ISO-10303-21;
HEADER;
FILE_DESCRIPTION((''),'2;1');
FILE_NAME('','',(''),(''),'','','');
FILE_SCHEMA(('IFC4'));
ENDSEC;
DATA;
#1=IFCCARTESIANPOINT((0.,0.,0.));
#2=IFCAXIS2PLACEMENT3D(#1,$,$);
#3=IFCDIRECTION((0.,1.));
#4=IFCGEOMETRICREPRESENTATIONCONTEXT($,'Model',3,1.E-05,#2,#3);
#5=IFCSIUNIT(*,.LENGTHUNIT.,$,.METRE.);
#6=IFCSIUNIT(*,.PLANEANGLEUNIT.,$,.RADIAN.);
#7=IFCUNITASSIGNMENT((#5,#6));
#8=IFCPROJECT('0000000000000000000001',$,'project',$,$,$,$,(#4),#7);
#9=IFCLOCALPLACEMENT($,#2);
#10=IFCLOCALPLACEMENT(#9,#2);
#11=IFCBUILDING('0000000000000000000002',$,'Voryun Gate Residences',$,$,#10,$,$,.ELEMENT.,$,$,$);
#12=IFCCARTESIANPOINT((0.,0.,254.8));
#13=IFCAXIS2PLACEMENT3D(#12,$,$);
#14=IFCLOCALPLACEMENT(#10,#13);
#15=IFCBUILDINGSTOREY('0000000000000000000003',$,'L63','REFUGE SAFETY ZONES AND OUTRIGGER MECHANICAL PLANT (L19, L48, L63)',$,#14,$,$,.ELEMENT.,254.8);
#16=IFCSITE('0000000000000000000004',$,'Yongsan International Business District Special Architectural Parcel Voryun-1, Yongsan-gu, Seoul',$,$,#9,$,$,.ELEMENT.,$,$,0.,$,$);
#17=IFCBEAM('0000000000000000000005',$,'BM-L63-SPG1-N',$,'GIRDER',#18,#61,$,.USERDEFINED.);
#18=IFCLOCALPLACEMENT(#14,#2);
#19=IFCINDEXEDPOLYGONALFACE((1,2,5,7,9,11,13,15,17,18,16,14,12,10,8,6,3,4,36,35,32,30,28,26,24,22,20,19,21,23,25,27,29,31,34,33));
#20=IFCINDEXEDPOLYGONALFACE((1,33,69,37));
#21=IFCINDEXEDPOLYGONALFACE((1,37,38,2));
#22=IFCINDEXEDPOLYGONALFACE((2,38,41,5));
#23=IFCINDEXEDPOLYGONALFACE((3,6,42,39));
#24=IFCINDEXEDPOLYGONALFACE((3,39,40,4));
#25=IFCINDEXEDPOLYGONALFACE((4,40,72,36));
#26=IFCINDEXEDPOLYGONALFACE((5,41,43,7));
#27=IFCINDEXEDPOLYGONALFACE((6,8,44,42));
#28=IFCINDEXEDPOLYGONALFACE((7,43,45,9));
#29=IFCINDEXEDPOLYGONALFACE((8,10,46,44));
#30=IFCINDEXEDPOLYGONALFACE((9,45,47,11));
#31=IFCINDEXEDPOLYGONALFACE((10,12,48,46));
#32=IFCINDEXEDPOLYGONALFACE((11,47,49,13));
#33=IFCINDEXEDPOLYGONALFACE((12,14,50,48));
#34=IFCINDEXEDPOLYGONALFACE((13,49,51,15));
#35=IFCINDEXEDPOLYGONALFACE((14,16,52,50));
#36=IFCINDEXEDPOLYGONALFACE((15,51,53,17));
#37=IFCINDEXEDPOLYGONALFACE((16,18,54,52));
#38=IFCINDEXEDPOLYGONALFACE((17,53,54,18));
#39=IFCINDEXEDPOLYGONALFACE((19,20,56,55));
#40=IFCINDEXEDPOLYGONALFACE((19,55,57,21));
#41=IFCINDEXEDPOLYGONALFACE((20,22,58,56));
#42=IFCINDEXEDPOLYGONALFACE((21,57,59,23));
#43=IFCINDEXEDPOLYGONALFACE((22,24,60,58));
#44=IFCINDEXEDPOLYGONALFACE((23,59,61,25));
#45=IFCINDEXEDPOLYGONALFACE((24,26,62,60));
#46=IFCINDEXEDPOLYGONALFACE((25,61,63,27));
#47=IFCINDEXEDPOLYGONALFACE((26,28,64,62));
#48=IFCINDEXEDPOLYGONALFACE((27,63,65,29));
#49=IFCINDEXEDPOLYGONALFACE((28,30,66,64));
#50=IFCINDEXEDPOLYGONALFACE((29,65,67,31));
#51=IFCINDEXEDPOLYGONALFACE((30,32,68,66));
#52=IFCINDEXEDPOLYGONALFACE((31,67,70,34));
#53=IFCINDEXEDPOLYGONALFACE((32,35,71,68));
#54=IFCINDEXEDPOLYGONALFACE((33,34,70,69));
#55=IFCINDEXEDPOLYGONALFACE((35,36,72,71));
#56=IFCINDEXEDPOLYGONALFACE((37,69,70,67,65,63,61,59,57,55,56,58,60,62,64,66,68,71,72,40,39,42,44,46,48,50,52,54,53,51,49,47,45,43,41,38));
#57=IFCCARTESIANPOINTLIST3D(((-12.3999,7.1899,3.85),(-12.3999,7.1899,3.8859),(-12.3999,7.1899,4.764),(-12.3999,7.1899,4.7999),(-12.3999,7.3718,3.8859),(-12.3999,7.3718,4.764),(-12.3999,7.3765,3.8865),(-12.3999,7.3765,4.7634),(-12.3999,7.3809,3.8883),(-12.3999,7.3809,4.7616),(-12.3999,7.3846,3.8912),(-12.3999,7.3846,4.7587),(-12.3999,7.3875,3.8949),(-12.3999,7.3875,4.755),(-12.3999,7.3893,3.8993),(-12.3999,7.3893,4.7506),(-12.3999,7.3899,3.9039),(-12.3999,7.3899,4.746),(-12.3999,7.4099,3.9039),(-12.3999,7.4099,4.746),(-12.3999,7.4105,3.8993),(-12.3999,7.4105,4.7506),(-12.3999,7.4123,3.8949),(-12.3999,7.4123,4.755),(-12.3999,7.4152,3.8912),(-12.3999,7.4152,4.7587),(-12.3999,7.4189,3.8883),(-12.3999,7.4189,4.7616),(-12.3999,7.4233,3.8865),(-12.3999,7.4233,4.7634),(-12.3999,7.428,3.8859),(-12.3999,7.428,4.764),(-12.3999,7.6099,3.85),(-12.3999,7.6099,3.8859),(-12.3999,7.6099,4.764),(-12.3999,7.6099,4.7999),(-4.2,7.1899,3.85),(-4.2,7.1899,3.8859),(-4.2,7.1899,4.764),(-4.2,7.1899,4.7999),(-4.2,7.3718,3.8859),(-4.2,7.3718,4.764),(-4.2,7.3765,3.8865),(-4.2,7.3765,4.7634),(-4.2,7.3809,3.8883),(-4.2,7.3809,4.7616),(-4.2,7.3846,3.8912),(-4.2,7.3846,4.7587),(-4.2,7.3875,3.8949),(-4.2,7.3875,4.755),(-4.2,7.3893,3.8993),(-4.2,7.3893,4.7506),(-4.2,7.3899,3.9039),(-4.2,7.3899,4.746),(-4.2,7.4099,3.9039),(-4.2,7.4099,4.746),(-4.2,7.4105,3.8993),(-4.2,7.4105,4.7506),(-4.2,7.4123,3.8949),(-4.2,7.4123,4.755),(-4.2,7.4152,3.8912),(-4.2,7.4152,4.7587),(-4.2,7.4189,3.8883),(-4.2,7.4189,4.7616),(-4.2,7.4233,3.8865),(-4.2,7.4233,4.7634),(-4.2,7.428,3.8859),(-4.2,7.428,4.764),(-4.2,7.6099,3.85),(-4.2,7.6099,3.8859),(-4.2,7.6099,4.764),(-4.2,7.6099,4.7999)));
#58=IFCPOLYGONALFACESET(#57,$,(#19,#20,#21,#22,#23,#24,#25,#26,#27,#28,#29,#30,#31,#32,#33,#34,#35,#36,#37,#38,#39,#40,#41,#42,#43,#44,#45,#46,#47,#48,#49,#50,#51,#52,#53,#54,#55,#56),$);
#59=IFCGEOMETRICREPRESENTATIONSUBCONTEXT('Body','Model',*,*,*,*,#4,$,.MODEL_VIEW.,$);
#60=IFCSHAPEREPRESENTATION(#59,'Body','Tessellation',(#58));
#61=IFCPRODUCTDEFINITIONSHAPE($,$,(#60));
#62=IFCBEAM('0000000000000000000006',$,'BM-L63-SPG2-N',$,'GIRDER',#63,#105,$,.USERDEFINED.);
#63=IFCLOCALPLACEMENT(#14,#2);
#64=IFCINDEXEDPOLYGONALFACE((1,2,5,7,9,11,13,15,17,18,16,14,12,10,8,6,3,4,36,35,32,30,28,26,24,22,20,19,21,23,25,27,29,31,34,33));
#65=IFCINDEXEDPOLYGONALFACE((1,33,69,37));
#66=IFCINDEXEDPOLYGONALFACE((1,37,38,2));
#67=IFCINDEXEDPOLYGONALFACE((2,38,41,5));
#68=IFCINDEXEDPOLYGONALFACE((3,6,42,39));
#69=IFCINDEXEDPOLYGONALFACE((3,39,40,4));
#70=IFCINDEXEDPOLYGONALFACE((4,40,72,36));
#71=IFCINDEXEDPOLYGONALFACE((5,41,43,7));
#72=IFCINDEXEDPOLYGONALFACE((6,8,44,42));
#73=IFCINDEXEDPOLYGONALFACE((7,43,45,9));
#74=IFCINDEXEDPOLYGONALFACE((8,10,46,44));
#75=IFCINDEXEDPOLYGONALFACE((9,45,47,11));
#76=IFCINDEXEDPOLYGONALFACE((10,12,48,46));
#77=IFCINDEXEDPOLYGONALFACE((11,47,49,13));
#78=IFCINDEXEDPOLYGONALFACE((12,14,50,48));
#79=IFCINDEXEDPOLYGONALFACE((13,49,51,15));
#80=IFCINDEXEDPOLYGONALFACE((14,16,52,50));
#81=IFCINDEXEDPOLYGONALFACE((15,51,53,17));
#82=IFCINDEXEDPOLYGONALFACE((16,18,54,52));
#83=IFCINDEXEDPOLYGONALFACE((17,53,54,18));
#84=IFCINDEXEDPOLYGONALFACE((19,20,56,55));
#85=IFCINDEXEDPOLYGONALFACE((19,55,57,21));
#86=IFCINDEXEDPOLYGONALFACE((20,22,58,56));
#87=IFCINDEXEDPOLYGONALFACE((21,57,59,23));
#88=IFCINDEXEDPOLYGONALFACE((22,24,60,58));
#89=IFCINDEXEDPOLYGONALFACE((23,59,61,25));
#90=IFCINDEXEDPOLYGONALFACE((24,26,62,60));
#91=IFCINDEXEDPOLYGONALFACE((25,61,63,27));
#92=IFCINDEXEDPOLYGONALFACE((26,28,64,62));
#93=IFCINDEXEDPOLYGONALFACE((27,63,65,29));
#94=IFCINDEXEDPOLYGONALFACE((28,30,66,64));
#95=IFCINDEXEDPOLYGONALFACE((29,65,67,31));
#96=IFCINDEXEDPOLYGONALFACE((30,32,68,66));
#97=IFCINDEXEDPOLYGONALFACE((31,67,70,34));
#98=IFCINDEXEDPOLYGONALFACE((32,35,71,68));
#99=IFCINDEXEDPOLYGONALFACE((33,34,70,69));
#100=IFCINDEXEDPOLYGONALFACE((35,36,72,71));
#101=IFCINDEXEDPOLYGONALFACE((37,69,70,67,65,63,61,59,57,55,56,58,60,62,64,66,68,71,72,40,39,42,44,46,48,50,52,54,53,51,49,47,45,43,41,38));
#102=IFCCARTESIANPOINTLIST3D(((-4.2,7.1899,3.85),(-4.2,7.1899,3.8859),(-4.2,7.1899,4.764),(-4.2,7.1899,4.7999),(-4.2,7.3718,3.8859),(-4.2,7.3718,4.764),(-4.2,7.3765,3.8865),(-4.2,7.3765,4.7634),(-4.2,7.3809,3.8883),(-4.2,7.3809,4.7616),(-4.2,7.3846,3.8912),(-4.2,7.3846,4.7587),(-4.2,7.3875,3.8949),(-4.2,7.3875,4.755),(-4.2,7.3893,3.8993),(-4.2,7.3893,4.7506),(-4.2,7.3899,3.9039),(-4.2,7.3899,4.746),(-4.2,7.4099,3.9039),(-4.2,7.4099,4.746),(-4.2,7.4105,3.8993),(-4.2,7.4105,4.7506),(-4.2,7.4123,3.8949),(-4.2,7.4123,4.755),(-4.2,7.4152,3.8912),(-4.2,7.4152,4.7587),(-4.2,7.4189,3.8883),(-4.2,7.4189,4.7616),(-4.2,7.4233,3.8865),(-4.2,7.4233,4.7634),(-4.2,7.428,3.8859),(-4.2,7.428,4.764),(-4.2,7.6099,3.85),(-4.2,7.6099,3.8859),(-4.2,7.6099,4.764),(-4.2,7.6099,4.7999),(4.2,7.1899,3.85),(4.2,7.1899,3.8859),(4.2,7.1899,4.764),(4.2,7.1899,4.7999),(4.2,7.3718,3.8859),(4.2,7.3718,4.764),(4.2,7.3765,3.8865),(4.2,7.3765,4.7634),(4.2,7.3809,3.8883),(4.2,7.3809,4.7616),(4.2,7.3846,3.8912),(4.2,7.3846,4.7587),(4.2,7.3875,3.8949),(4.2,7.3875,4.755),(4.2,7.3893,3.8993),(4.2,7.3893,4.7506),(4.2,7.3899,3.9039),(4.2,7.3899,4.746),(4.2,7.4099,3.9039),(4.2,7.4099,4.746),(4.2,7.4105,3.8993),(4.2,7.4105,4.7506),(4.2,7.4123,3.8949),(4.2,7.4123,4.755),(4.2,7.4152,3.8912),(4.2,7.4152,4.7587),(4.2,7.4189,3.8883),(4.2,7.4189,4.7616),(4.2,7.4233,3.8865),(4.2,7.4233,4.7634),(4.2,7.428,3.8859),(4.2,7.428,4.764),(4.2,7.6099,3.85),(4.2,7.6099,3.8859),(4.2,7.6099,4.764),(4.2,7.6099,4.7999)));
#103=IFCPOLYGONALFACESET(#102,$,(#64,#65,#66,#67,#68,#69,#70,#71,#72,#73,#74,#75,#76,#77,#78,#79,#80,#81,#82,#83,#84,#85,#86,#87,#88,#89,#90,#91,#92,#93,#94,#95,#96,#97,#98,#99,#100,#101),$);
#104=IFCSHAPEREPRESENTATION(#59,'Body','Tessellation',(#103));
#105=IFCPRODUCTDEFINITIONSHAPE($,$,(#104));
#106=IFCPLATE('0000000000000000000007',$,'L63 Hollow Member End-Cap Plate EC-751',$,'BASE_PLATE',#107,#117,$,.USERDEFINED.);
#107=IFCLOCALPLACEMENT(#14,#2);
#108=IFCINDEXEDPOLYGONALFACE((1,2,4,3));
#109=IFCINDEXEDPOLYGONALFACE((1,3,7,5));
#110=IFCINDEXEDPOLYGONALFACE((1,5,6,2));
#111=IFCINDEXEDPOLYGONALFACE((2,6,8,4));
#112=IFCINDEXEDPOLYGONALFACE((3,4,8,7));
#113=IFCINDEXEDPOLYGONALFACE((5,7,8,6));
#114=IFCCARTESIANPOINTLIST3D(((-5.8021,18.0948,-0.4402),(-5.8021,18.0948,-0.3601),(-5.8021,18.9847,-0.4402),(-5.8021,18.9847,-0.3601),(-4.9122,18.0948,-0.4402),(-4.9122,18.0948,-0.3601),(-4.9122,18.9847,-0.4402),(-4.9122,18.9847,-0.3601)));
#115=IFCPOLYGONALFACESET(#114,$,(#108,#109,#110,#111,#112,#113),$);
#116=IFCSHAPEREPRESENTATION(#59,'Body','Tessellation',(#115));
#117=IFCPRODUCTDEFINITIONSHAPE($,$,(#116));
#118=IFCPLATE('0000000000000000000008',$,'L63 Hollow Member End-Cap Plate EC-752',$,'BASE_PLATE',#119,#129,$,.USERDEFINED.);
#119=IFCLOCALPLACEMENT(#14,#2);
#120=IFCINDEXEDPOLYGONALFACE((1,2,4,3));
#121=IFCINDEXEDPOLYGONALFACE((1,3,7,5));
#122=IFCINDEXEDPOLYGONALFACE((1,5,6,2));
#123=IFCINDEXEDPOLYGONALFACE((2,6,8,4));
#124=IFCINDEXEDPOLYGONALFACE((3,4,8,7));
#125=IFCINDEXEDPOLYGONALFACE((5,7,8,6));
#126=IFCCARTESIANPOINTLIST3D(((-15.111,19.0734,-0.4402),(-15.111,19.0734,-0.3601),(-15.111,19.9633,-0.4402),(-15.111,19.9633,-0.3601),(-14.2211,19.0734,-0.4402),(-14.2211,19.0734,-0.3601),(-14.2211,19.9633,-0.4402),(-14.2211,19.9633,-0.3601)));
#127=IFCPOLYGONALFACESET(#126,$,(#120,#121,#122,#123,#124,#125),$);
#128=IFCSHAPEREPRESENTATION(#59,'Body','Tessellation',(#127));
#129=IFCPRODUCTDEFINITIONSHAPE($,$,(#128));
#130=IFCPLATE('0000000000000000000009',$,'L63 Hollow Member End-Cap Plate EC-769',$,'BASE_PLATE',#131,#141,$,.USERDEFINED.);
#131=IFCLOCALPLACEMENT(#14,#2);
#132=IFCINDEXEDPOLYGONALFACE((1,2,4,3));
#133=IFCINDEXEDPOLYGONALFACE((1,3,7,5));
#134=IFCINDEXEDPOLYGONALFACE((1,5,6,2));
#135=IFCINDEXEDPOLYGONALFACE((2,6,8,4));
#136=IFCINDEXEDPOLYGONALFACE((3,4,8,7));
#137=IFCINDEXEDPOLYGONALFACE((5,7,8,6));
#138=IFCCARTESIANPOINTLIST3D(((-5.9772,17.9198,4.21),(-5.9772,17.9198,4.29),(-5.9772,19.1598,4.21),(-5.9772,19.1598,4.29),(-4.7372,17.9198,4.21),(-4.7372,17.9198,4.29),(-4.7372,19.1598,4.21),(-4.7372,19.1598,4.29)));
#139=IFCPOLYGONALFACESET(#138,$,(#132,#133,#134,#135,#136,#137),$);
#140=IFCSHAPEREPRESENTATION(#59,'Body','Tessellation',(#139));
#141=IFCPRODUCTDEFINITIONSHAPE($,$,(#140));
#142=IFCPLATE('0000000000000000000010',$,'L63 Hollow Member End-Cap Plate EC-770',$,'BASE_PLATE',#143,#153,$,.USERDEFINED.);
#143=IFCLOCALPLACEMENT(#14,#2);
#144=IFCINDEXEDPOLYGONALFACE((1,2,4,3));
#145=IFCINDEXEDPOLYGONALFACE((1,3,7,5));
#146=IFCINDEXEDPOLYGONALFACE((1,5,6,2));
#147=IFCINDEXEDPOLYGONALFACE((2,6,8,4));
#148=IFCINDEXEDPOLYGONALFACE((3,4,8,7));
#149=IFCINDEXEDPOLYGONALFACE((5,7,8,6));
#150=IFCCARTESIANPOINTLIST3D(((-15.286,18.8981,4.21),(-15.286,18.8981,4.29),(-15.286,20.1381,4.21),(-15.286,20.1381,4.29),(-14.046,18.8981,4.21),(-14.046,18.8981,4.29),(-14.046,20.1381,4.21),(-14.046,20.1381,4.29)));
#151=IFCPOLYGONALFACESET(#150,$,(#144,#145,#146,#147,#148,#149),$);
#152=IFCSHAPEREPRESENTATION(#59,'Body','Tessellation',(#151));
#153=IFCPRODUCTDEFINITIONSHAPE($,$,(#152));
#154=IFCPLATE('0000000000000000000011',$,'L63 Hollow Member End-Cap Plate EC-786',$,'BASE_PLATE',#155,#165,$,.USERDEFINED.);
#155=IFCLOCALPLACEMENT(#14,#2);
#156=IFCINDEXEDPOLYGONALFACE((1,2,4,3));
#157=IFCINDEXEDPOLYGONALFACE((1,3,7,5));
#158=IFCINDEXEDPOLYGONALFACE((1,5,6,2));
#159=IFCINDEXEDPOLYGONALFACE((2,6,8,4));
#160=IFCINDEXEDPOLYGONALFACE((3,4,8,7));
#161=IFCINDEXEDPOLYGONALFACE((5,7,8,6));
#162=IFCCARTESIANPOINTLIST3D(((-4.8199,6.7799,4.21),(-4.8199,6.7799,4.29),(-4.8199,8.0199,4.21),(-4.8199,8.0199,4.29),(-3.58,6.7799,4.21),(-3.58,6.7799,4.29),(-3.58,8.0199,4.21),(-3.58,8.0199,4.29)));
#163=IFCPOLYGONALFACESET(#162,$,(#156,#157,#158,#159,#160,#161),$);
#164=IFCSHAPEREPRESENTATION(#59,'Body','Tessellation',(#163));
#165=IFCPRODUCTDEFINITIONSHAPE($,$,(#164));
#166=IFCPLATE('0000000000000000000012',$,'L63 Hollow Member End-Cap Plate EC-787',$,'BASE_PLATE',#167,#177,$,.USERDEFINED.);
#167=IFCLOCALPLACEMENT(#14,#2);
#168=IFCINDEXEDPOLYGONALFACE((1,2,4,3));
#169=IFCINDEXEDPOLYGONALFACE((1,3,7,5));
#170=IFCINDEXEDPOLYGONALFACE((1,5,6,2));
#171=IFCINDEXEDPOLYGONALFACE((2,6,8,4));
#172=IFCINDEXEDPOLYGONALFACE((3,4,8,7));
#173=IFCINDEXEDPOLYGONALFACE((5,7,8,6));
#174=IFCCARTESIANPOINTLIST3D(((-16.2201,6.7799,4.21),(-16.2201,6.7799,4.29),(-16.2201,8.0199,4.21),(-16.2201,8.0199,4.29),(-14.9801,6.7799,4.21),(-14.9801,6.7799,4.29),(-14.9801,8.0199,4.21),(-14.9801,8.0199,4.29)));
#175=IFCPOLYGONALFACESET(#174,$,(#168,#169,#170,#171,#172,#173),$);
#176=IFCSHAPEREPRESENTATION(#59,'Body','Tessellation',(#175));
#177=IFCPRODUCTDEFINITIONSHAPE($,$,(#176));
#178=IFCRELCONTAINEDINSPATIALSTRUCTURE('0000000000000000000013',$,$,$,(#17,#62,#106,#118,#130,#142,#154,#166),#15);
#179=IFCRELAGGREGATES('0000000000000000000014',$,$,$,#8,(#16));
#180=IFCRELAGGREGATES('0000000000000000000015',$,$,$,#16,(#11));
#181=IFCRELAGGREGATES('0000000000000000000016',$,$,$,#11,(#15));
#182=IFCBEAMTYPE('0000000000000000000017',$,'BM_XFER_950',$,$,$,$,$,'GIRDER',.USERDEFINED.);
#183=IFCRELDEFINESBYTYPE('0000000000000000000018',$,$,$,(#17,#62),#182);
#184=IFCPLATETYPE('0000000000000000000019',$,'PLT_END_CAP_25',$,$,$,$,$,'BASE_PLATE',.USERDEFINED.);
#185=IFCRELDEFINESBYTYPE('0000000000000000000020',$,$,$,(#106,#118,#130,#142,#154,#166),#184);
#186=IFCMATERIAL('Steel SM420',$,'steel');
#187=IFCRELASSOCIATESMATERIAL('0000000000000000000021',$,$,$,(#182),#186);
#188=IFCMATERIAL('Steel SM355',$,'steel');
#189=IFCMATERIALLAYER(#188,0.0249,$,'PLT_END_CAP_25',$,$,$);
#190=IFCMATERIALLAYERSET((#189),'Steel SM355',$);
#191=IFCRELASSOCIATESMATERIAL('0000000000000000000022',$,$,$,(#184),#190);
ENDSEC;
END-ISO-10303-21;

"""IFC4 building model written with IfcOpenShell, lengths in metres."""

from ifc_helpers import new_model, si_unit, direction, frame, origin, origin_2d, place, context, subcontext, project, spatial, rectangle, i_section, extrude, material, layer, layer_set, material_profile, profile_set, type_object, element, save


model = new_model("IFC4")

# Units and contexts
model_context = context("Model", 3, precision=1e-05, world=origin(), true_north=direction((0.0, 1.0)))
body_context = subcontext(model_context, "Body", "Model", "MODEL_VIEW")
ifc_project = project(units=[si_unit("LENGTHUNIT", "METRE"), si_unit("PLANEANGLEUNIT", "RADIAN")], contexts=[model_context])

# Site, building, storey
site_placement = place(None, origin())
site = spatial("IfcSite", under=ifc_project, at=site_placement, Name="Yongsan International Business District Special Architectural Parcel Voryun-1, Yongsan-gu, Seoul", CompositionType="ELEMENT", RefElevation=0.0)
building_placement = place(site_placement, origin())
building = spatial("IfcBuilding", under=site, at=building_placement, Name="Voryun Gate Residences", CompositionType="ELEMENT")
storey_placement = place(building_placement, frame((0.0, 0.0, 254.8)))
storey = spatial("IfcBuildingStorey", under=building, at=storey_placement, Name="L63", Description="REFUGE SAFETY ZONES AND OUTRIGGER MECHANICAL PLANT (L19, L48, L63)", CompositionType="ELEMENT", Elevation=254.8)

# Beams
ifc_material_1 = material(Name="Steel SM420", Category="steel")
ifc_material_profile_1 = material_profile(ifc_material_1, i_section(OverallWidth=0.4199, OverallDepth=0.95, WebThickness=0.02, FlangeThickness=0.0359, FilletRadius=0.0181, at=origin_2d()), Name="H-950x420x20x36")
ifc_profile_set_1 = profile_set([ifc_material_profile_1], Name="Steel SM420")
beam_type_1 = type_object("IfcBeamType", Name="BM_XFER_950", ElementType="GIRDER", PredefinedType="USERDEFINED", material=ifc_profile_set_1)
beam_1_placement = place(storey_placement, frame((-12.3999, 7.3999, 4.325), z_axis=(1.0, 0.0, 0.0), x_axis=(0.0, 1.0, 0.0)))
element("IfcBeam", 1, at=beam_1_placement, inside=storey, type_object=beam_type_1, Name="BM-L63-SPG1-N", ObjectType="GIRDER", PredefinedType="USERDEFINED", context=body_context, shape_type="SweptSolid", body=[
    extrude(i_section(OverallWidth=0.4199, OverallDepth=0.95, WebThickness=0.02, FlangeThickness=0.0359, FilletRadius=0.0181, at=origin_2d()), origin(), (0.0, 0.0, 1.0), 8.2),
])
beam_2_placement = place(storey_placement, frame((-4.2, 7.3999, 4.325), z_axis=(1.0, 0.0, 0.0), x_axis=(0.0, 1.0, 0.0)))
element("IfcBeam", 2, at=beam_2_placement, inside=storey, type_object=beam_type_1, Name="BM-L63-SPG2-N", ObjectType="GIRDER", PredefinedType="USERDEFINED", context=body_context, shape_type="SweptSolid", body=[
    extrude(i_section(OverallWidth=0.4199, OverallDepth=0.95, WebThickness=0.02, FlangeThickness=0.0359, FilletRadius=0.0181, at=origin_2d()), origin(), (0.0, 0.0, 1.0), 8.3999),
])

# Plates
ifc_material_2 = material(Name="Steel SM355", Category="steel")
ifc_layer = layer(ifc_material_2, 0.0249, Name="PLT_END_CAP_25")
ifc_layer_set = layer_set([ifc_layer], Name="Steel SM355")
plate_type = type_object("IfcPlateType", Name="PLT_END_CAP_25", ElementType="BASE_PLATE", PredefinedType="USERDEFINED", material=ifc_layer_set)
for number, where, z_axis, x_axis, name in (
    (3, (-5.3572, 18.5398, -0.4402), (0.0, 0.0, 1.0), (1.0, 0.0, 0.0), "L63 Hollow Member End-Cap Plate EC-751"),
    (4, (-14.666, 19.5183, -0.4402), (0.0, 0.0, 1.0), (1.0, 0.0, 0.0), "L63 Hollow Member End-Cap Plate EC-752"),
):
    element("IfcPlate", number, at=place(storey_placement, frame(where, z_axis=z_axis, x_axis=x_axis)), inside=storey, type_object=plate_type, Name=name, ObjectType="BASE_PLATE", PredefinedType="USERDEFINED", context=body_context, shape_type="SweptSolid", body=[
        extrude(rectangle(XDim=0.8899, YDim=0.8899, at=origin_2d()), origin(), (0.0, 0.0, 1.0), 0.0801),
    ])
for number, where, z_axis, x_axis, name in (
    (5, (-5.3572, 18.5398, 4.21), (0.0, 0.0, 1.0), (1.0, 0.0, 0.0), "L63 Hollow Member End-Cap Plate EC-769"),
    (6, (-14.666, 19.5181, 4.21), (0.0, 0.0, 1.0), (1.0, 0.0, 0.0), "L63 Hollow Member End-Cap Plate EC-770"),
    (7, (-4.2, 7.3999, 4.21), (0.0, 0.0, 1.0), (1.0, 0.0, 0.0), "L63 Hollow Member End-Cap Plate EC-786"),
    (8, (-15.6001, 7.3999, 4.21), (0.0, 0.0, 1.0), (1.0, 0.0, 0.0), "L63 Hollow Member End-Cap Plate EC-787"),
):
    element("IfcPlate", number, at=place(storey_placement, frame(where, z_axis=z_axis, x_axis=x_axis)), inside=storey, type_object=plate_type, Name=name, ObjectType="BASE_PLATE", PredefinedType="USERDEFINED", context=body_context, shape_type="SweptSolid", body=[
        extrude(rectangle(XDim=1.24, YDim=1.24, at=origin_2d()), origin(), (0.0, 0.0, 1.0), 0.0801),
    ])

save(model, "model.ifc")
